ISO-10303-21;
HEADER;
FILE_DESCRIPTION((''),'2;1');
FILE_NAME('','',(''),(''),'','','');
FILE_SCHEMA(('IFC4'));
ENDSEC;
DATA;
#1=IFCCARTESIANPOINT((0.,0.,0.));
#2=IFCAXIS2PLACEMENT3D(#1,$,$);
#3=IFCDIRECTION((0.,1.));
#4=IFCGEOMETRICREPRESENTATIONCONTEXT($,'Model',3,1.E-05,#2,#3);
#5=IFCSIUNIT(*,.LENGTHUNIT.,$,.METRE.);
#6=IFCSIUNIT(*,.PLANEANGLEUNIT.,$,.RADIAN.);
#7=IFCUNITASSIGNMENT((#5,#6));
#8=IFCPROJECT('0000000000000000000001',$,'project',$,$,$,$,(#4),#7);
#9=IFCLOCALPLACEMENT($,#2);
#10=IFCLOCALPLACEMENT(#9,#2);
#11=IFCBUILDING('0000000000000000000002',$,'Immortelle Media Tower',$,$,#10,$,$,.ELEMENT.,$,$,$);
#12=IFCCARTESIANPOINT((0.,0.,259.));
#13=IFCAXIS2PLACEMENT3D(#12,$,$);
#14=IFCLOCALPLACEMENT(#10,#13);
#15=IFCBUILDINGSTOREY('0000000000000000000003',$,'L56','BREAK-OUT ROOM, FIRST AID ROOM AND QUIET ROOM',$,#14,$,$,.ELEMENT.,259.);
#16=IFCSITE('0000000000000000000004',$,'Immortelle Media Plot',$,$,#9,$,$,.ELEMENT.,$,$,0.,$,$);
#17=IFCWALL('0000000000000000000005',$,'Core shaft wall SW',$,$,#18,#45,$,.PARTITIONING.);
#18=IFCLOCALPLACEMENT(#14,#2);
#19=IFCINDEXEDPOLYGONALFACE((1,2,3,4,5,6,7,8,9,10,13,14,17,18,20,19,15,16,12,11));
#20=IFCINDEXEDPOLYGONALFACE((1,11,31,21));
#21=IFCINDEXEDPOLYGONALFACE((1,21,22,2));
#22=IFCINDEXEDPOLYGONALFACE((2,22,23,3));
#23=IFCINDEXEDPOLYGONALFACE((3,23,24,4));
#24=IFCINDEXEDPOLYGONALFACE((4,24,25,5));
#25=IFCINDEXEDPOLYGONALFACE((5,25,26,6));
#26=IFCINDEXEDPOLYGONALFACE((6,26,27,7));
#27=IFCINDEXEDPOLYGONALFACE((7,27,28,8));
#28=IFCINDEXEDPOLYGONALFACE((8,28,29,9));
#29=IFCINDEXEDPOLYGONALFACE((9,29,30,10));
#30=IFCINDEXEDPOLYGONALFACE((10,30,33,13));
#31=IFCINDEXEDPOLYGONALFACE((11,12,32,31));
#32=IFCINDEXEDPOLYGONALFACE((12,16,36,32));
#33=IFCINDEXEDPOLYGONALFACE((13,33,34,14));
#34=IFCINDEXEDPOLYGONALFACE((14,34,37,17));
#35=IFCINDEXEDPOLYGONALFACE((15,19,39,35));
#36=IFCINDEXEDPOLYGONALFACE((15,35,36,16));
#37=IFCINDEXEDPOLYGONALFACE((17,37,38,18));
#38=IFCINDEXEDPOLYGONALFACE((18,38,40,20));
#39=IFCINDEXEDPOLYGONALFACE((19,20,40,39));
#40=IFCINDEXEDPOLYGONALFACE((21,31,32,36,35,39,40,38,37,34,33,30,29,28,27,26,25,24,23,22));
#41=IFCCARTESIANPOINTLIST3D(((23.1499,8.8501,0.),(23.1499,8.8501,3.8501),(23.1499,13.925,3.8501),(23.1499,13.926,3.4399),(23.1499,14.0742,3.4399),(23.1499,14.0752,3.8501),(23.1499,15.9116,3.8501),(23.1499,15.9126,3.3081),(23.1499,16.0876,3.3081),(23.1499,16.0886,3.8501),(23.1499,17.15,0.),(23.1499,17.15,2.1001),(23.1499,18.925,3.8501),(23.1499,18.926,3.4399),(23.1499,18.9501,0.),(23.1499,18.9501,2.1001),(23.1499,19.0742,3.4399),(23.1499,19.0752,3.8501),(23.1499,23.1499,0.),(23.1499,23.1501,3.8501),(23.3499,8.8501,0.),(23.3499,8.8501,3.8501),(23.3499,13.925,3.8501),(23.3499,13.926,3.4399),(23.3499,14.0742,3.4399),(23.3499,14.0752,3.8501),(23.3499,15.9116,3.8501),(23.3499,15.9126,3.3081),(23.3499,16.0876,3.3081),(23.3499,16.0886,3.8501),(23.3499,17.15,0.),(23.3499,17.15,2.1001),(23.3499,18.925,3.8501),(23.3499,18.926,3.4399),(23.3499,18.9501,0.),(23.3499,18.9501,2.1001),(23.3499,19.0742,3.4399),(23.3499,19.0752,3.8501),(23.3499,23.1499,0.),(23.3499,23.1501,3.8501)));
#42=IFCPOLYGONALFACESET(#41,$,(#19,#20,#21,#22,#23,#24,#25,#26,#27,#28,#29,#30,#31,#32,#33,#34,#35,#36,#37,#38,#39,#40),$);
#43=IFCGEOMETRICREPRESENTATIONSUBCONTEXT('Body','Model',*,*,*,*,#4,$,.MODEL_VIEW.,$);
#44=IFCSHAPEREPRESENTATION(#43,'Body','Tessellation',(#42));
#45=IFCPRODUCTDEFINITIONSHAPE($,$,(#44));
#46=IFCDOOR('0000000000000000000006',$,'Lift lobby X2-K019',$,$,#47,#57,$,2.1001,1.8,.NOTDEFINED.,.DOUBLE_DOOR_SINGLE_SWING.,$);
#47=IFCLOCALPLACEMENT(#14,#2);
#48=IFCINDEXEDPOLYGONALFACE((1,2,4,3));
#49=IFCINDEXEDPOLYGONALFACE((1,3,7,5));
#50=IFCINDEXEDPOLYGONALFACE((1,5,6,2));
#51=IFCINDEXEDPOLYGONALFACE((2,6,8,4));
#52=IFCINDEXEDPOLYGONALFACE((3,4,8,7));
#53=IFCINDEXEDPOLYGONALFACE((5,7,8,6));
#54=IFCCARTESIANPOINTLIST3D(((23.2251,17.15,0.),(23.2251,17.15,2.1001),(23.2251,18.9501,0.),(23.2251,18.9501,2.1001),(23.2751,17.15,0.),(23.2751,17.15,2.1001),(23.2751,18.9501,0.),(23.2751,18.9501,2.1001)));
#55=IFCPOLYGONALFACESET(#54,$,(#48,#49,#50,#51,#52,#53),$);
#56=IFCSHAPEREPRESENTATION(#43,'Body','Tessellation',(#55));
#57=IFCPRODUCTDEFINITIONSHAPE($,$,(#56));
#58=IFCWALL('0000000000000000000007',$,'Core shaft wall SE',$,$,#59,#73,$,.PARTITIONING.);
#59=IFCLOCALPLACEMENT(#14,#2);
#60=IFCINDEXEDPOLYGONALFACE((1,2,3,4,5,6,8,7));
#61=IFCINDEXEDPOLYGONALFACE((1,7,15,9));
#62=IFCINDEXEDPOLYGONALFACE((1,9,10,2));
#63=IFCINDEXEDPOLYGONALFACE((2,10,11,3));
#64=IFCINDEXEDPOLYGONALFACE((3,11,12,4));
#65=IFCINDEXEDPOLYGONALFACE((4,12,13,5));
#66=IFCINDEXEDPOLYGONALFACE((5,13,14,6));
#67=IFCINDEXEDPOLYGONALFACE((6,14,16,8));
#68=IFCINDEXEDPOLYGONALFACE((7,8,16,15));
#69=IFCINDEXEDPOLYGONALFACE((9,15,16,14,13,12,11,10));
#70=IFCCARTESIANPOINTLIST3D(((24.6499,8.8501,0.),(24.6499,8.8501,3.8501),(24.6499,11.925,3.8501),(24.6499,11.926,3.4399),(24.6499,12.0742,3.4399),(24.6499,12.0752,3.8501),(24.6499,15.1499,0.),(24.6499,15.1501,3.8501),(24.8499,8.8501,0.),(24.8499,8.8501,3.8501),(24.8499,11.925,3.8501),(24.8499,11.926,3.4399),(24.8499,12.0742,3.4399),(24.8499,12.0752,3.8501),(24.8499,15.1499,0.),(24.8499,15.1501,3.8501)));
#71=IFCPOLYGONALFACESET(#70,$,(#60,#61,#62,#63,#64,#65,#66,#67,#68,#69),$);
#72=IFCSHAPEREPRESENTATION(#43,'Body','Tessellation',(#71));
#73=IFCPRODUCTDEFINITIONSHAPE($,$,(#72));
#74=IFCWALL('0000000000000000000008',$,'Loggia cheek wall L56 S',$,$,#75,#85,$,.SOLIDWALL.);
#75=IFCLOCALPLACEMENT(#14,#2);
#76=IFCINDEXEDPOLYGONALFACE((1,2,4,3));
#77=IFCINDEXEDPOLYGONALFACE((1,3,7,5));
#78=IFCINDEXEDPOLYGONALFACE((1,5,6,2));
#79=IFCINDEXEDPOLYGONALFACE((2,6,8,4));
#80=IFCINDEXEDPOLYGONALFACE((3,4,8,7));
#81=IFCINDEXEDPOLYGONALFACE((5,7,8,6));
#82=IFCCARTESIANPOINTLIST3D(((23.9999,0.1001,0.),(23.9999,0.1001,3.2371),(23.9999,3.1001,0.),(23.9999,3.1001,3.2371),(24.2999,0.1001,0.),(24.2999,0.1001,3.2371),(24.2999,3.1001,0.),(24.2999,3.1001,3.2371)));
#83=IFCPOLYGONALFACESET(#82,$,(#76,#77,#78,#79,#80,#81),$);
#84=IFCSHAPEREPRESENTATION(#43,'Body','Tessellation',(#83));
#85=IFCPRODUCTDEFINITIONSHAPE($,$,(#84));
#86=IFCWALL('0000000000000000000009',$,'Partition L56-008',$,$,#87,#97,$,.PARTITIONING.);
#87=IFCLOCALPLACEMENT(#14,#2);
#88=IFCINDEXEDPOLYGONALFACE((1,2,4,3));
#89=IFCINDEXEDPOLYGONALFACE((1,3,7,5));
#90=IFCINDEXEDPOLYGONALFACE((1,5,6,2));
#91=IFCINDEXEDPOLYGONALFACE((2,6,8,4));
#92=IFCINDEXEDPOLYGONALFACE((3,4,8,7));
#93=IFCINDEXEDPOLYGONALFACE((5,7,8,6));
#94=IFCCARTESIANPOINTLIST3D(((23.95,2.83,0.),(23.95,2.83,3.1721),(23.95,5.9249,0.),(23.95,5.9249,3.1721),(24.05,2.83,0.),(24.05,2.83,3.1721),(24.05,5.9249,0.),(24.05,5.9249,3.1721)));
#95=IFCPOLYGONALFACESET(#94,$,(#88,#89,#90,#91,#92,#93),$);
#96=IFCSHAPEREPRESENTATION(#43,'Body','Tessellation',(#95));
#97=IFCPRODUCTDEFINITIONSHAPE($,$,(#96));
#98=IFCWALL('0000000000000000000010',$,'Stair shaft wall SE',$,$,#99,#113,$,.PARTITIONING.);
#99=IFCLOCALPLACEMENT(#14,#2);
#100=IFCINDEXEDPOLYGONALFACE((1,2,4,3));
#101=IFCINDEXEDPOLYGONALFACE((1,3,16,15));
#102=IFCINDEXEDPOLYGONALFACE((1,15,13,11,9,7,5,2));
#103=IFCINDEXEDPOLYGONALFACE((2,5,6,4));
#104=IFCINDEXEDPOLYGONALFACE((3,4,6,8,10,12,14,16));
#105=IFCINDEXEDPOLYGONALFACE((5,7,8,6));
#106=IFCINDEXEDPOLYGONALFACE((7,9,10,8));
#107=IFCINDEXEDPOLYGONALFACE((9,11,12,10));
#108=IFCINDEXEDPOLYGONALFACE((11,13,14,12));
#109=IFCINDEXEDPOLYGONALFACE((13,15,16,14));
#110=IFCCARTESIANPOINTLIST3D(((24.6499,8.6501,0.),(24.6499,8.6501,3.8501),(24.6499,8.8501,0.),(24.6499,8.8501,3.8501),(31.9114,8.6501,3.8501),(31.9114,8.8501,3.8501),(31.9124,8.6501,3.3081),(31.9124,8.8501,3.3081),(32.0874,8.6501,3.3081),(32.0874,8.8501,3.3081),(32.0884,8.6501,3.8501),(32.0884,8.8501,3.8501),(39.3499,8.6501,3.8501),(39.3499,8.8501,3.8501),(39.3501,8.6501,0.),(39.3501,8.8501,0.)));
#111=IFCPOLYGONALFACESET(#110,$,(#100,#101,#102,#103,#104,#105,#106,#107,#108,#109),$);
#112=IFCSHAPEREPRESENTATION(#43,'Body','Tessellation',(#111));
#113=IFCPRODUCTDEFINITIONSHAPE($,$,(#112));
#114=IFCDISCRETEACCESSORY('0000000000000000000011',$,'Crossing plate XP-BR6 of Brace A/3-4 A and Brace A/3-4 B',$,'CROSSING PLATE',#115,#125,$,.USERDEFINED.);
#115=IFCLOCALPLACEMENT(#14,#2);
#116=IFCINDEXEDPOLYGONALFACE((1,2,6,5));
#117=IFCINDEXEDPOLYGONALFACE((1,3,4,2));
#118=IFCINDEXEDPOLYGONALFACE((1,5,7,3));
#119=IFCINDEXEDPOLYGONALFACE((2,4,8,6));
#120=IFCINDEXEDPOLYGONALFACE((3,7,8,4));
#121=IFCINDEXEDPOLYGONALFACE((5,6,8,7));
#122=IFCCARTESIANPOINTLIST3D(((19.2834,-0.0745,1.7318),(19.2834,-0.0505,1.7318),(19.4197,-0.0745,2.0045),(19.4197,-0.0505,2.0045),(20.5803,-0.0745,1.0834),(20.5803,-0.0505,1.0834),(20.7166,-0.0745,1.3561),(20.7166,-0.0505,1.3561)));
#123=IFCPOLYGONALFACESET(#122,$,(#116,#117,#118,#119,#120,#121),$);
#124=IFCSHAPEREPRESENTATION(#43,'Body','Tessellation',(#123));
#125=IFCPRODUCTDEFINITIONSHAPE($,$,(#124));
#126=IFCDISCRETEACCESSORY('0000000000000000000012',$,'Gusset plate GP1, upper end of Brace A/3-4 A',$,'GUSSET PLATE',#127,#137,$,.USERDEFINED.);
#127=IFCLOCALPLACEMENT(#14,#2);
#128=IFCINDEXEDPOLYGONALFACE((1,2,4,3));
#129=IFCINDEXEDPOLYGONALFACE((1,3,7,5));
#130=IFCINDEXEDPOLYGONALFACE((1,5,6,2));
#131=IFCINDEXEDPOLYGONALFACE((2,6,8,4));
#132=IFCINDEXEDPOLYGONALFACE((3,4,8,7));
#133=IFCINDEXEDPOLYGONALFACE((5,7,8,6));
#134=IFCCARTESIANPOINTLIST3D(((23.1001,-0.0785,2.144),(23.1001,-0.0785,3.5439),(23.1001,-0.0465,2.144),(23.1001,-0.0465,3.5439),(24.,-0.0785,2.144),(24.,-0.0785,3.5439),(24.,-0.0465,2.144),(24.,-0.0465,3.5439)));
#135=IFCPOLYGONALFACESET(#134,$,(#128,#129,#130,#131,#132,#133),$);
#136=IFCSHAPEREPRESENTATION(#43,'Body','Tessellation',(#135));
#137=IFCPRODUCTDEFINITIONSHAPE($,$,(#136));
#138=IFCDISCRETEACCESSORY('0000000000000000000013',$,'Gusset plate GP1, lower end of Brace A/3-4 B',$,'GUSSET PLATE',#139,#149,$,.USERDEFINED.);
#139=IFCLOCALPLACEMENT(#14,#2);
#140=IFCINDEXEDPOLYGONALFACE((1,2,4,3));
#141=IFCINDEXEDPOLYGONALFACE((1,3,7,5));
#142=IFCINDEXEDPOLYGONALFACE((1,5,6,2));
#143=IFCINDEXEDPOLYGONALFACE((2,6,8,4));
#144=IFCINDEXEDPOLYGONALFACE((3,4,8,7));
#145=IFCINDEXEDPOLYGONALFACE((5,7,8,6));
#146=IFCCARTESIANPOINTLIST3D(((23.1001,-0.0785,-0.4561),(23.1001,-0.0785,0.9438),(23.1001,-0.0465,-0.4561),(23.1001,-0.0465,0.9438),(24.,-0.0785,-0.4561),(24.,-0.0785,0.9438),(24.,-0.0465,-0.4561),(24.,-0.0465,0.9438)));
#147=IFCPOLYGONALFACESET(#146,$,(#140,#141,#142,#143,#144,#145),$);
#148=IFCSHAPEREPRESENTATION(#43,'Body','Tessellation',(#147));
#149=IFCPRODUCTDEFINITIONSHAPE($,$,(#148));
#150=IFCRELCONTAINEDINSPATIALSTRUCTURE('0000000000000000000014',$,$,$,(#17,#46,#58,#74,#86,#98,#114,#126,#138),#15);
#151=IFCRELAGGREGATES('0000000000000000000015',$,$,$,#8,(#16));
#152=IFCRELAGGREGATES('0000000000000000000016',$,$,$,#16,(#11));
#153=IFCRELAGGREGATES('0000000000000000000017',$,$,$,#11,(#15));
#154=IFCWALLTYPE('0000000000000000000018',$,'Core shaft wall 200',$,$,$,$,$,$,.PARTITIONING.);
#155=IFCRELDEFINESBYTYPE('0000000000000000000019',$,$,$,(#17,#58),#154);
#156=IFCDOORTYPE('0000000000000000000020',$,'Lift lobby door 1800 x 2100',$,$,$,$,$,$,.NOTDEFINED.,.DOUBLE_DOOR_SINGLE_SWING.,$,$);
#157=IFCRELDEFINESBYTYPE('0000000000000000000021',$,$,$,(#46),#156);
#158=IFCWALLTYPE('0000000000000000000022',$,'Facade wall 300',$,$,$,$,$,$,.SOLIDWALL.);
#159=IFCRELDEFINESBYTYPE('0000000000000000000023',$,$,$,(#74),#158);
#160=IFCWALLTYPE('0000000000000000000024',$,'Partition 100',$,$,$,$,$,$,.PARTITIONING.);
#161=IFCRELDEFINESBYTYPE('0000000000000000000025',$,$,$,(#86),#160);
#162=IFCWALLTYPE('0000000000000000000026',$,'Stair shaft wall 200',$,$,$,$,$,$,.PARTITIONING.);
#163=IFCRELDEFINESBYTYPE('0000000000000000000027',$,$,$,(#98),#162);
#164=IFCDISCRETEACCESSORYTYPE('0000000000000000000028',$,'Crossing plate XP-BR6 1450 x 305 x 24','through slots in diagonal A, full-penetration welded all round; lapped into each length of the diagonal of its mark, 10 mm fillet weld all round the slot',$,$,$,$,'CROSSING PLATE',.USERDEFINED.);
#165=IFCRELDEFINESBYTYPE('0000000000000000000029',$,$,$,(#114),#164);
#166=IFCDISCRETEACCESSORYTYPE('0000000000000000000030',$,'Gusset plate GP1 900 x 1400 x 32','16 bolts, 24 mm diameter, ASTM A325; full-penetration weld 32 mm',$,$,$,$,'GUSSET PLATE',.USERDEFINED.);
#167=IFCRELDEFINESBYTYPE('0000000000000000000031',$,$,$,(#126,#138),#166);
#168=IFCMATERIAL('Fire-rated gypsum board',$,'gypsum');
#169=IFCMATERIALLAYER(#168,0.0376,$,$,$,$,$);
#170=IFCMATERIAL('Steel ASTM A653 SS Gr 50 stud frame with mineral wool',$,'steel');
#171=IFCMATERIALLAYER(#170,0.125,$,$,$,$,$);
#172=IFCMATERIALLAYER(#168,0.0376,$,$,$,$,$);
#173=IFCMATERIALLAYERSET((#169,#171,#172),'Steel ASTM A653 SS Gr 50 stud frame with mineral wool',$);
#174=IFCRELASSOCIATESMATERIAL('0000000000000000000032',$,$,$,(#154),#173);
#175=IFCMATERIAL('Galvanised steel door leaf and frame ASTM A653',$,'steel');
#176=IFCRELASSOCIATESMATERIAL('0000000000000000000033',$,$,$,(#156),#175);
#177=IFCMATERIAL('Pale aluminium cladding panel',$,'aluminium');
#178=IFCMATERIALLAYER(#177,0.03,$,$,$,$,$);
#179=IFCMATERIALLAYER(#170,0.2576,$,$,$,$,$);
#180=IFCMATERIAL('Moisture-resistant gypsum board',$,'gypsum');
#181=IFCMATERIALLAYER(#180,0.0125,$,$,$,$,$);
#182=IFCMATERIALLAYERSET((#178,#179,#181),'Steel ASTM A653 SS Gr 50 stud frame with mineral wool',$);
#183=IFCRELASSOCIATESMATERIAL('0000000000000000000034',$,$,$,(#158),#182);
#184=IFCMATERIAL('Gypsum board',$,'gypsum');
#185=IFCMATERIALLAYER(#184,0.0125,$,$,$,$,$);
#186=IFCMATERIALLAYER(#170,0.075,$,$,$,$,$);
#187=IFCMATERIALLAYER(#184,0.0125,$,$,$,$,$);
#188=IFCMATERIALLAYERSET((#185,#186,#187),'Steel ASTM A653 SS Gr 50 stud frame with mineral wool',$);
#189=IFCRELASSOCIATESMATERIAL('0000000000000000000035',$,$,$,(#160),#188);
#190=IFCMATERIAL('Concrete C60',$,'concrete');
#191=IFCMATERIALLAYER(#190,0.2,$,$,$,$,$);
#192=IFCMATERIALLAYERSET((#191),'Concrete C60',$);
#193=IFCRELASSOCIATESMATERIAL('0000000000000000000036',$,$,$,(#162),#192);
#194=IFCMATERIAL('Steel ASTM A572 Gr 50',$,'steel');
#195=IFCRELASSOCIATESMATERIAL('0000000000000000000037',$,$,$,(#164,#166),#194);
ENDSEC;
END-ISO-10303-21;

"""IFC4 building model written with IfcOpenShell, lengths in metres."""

from ifc_helpers import new_model, si_unit, direction, frame, frame_2d, origin, origin_2d, place, context, subcontext, project, spatial, polyline, rectangle, outline, extrude, material, layer, layer_set, material_profile, profile_set, type_object, element, fill, save


model = new_model("IFC4")

# Units and contexts
model_context = context("Model", 3, precision=1e-05, world=origin(), true_north=direction((0.0, 1.0)))
body_context = subcontext(model_context, "Body", "Model", "MODEL_VIEW")
ifc_project = project(units=[si_unit("LENGTHUNIT", "METRE"), si_unit("PLANEANGLEUNIT", "RADIAN")], contexts=[model_context])

# Site, building, storey
site_placement = place(None, origin())
site = spatial("IfcSite", under=ifc_project, at=site_placement, Name="Immortelle Media Plot", CompositionType="ELEMENT", RefElevation=0.0)
building_placement = place(site_placement, origin())
building = spatial("IfcBuilding", under=site, at=building_placement, Name="Immortelle Media Tower", CompositionType="ELEMENT")
storey_placement = place(building_placement, frame((0.0, 0.0, 259.0)))
storey = spatial("IfcBuildingStorey", under=building, at=storey_placement, Name="L56", Description="BREAK-OUT ROOM, FIRST AID ROOM AND QUIET ROOM", CompositionType="ELEMENT", Elevation=259.0)

# Shared definitions
ifc_material_1 = material(Name="Fire-rated gypsum board", Category="gypsum")
ifc_layer_1 = layer(ifc_material_1, 0.0376)
ifc_material_2 = material(Name="Steel ASTM A653 SS Gr 50 stud frame with mineral wool", Category="steel")
ifc_layer_2 = layer(ifc_material_2, 0.125)
ifc_layer_3 = layer(ifc_material_1, 0.0376)
ifc_layer_set_1 = layer_set([ifc_layer_1, ifc_layer_2, ifc_layer_3], Name="Steel ASTM A653 SS Gr 50 stud frame with mineral wool")
wall_type_1 = type_object("IfcWallType", Name="Core shaft wall 200", PredefinedType="PARTITIONING", material=ifc_layer_set_1)

# Wall, opening, door
wall_1_placement = place(storey_placement, frame((23.25, 8.8501, 0.0), z_axis=(0.0, 0.0, 1.0), x_axis=(0.0, 1.0, 0.0)))
wall_1 = element("IfcWall", 1, at=wall_1_placement, inside=storey, type_object=wall_type_1, Name="Core shaft wall SW", PredefinedType="PARTITIONING", context=body_context, shape_type="SweptSolid", body=[
    extrude(outline(polyline([(0.0, 0.0), (14.2998, 0.0), (14.3, 3.8501), (10.2251, 3.8501), (10.2241, 3.4399), (10.0759, 3.4399), (10.075, 3.8501), (7.2385, 3.8501), (7.2375, 3.3081), (7.0625, 3.3081), (7.0615, 3.8501), (5.2251, 3.8501), (5.2241, 3.4399), (5.0759, 3.4399), (5.075, 3.8501), (0.0, 3.8501), (0.0, 0.0)])), frame((0.0, 0.1001, 0.0), z_axis=(0.0, -1.0, 0.0), x_axis=(1.0, 0.0, 0.0)), (0.0, 0.0, 1.0), 0.2),
])
opening_1_placement = place(wall_1_placement, frame((8.3, 0.0, 0.0)))
opening_1 = element("IfcOpeningElement", 2, at=opening_1_placement, cuts=wall_1, PredefinedType="OPENING", context=body_context, shape_type="SweptSolid", body=[
    extrude(rectangle(XDim=1.8, YDim=2.1001, at=frame_2d((0.8999, 1.05))), frame((0.0, 0.1099, 0.0), z_axis=(0.0, -1.0, 0.0), x_axis=(1.0, 0.0, 0.0)), (0.0, 0.0, 1.0), 0.22),
])
ifc_material_3 = material(Name="Galvanised steel door leaf and frame ASTM A653", Category="steel")
door_type_1 = type_object("IfcDoorType", Name="Lift lobby door 1800 x 2100", OperationType="DOUBLE_DOOR_SINGLE_SWING", PredefinedType="NOTDEFINED", material=ifc_material_3)
door_1_placement = place(opening_1_placement, origin())
door_1 = element("IfcDoor", 3, at=door_1_placement, inside=storey, type_object=door_type_1, Name="Lift lobby X2-K019", OperationType="DOUBLE_DOOR_SINGLE_SWING", OverallHeight=2.1001, OverallWidth=1.8, PredefinedType="NOTDEFINED", context=body_context, shape_type="SweptSolid", body=[
    extrude(rectangle(XDim=1.8, YDim=2.1001, at=frame_2d((0.8999, 1.05))), frame((0.0, 0.0249, 0.0), z_axis=(0.0, -1.0, 0.0), x_axis=(1.0, 0.0, 0.0)), (0.0, 0.0, 1.0), 0.05),
])
fill(opening_1, door_1)

# Wall
wall_2_placement = place(storey_placement, frame((24.75, 8.8501, 0.0), z_axis=(0.0, 0.0, 1.0), x_axis=(0.0, 1.0, 0.0)))
element("IfcWall", 4, at=wall_2_placement, inside=storey, type_object=wall_type_1, Name="Core shaft wall SE", PredefinedType="PARTITIONING", context=body_context, shape_type="SweptSolid", body=[
    extrude(outline(polyline([(0.0, 0.0), (6.2998, 0.0), (6.3, 3.8501), (3.2251, 3.8501), (3.2241, 3.4399), (3.0759, 3.4399), (3.075, 3.8501), (0.0, 3.8501), (0.0, 0.0)])), frame((0.0, 0.1001, 0.0), z_axis=(0.0, -1.0, 0.0), x_axis=(1.0, 0.0, 0.0)), (0.0, 0.0, 1.0), 0.2),
])

# Shared definitions
ifc_material_4 = material(Name="Pale aluminium cladding panel", Category="aluminium")
ifc_layer_4 = layer(ifc_material_4, 0.03)
ifc_layer_5 = layer(ifc_material_2, 0.2576)
ifc_material_5 = material(Name="Moisture-resistant gypsum board", Category="gypsum")
ifc_layer_6 = layer(ifc_material_5, 0.0125)
ifc_layer_set_2 = layer_set([ifc_layer_4, ifc_layer_5, ifc_layer_6], Name="Steel ASTM A653 SS Gr 50 stud frame with mineral wool")
wall_type_2 = type_object("IfcWallType", Name="Facade wall 300", PredefinedType="SOLIDWALL", material=ifc_layer_set_2)

# Walls
wall_3_placement = place(storey_placement, frame((24.1499, 0.1001, 0.0), z_axis=(0.0, 0.0, 1.0), x_axis=(0.0, 1.0, 0.0)))
element("IfcWall", 5, at=wall_3_placement, inside=storey, type_object=wall_type_2, Name="Loggia cheek wall L56 S", PredefinedType="SOLIDWALL", context=body_context, shape_type="SweptSolid", body=[
    extrude(rectangle(XDim=3.0, YDim=0.3, at=frame_2d((1.5, 0.0))), origin(), (0.0, 0.0, 1.0), 3.2371),
])
ifc_material_6 = material(Name="Gypsum board", Category="gypsum")
ifc_layer_7 = layer(ifc_material_6, 0.0125)
ifc_layer_8 = layer(ifc_material_2, 0.075)
ifc_layer_9 = layer(ifc_material_6, 0.0125)
ifc_layer_set_3 = layer_set([ifc_layer_7, ifc_layer_8, ifc_layer_9], Name="Steel ASTM A653 SS Gr 50 stud frame with mineral wool")
wall_type_3 = type_object("IfcWallType", Name="Partition 100", PredefinedType="PARTITIONING", material=ifc_layer_set_3)
wall_4_placement = place(storey_placement, frame((24.0, 2.8301, 0.0), z_axis=(0.0, 0.0, 1.0), x_axis=(0.0, 1.0, 0.0)))
element("IfcWall", 6, at=wall_4_placement, inside=storey, type_object=wall_type_3, Name="Partition L56-008", PredefinedType="PARTITIONING", context=body_context, shape_type="SweptSolid", body=[
    extrude(rectangle(XDim=3.095, YDim=0.1001, at=frame_2d((1.5474, 0.0))), origin(), (0.0, 0.0, 1.0), 3.1721),
])
ifc_material_7 = material(Name="Concrete C60", Category="concrete")
ifc_layer_10 = layer(ifc_material_7, 0.2)
ifc_layer_set_4 = layer_set([ifc_layer_10], Name="Concrete C60")
wall_type_4 = type_object("IfcWallType", Name="Stair shaft wall 200", PredefinedType="PARTITIONING", material=ifc_layer_set_4)
wall_5_placement = place(storey_placement, frame((24.6499, 8.75, 0.0), z_axis=(0.0, 0.0, 1.0), x_axis=(1.0, 0.0, 0.0)))
element("IfcWall", 7, at=wall_5_placement, inside=storey, type_object=wall_type_4, Name="Stair shaft wall SE", PredefinedType="PARTITIONING", context=body_context, shape_type="SweptSolid", body=[
    extrude(outline(polyline([(0.0, 0.0), (14.7002, 0.0), (14.7, 3.8501), (7.4385, 3.8501), (7.4375, 3.3081), (7.2625, 3.3081), (7.2615, 3.8501), (0.0, 3.8501), (0.0, 0.0)])), frame((0.0, 0.1001, 0.0), z_axis=(0.0, -1.0, 0.0), x_axis=(1.0, 0.0, 0.0)), (0.0, 0.0, 1.0), 0.2),
])

# Discrete accessories
ifc_material_8 = material(Name="Steel ASTM A572 Gr 50", Category="steel")
ifc_material_profile_1 = material_profile(ifc_material_8, rectangle(XDim=0.0239, YDim=0.3049, at=origin_2d()), Name="PL 24 x 305")
ifc_profile_set_1 = profile_set([ifc_material_profile_1], Name="Steel ASTM A572 Gr 50")
discrete_accessory_type_1 = type_object("IfcDiscreteAccessoryType", Name="Crossing plate XP-BR6 1450 x 305 x 24", Description="through slots in diagonal A, full-penetration welded all round; lapped into each length of the diagonal of its mark, 10 mm fillet weld all round the slot", ElementType="CROSSING PLATE", PredefinedType="USERDEFINED", material=ifc_profile_set_1)
discrete_accessory_placement = place(storey_placement, frame((19.3516, -0.0625, 1.8682), z_axis=(0.894427, 0.0, -0.447214), x_axis=(0.0, 1.0, 0.0)))
element("IfcDiscreteAccessory", 8, at=discrete_accessory_placement, inside=storey, type_object=discrete_accessory_type_1, Name="Crossing plate XP-BR6 of Brace A/3-4 A and Brace A/3-4 B", ObjectType="CROSSING PLATE", PredefinedType="USERDEFINED", context=body_context, shape_type="SweptSolid", body=[
    extrude(rectangle(XDim=0.0239, YDim=0.3049, at=origin_2d()), origin(), (0.0, 0.0, 1.0), 1.45),
])
ifc_material_profile_2 = material_profile(ifc_material_8, rectangle(XDim=0.032, YDim=1.3999, at=origin_2d()), Name="PL 32 x 1400")
ifc_profile_set_2 = profile_set([ifc_material_profile_2], Name="Steel ASTM A572 Gr 50")
discrete_accessory_type_2 = type_object("IfcDiscreteAccessoryType", Name="Gusset plate GP1 900 x 1400 x 32", Description="16 bolts, 24 mm diameter, ASTM A325; full-penetration weld 32 mm", ElementType="GUSSET PLATE", PredefinedType="USERDEFINED", material=ifc_profile_set_2)
for number, where, z_axis, x_axis, name in (
    (9, (24.0, -0.0625, 2.844), (-1.0, 0.0, 0.0), (0.0, -1.0, 0.0), "Gusset plate GP1, upper end of Brace A/3-4 A"),
    (10, (24.0, -0.0625, 0.2439), (-1.0, 0.0, 0.0), (0.0, -1.0, 0.0), "Gusset plate GP1, lower end of Brace A/3-4 B"),
):
    element("IfcDiscreteAccessory", number, at=place(storey_placement, frame(where, z_axis=z_axis, x_axis=x_axis)), inside=storey, type_object=discrete_accessory_type_2, Name=name, ObjectType="GUSSET PLATE", PredefinedType="USERDEFINED", context=body_context, shape_type="SweptSolid", body=[
        extrude(rectangle(XDim=0.032, YDim=1.3999, at=origin_2d()), origin(), (0.0, 0.0, 1.0), 0.8999),
    ])

save(model, "model.ifc")
